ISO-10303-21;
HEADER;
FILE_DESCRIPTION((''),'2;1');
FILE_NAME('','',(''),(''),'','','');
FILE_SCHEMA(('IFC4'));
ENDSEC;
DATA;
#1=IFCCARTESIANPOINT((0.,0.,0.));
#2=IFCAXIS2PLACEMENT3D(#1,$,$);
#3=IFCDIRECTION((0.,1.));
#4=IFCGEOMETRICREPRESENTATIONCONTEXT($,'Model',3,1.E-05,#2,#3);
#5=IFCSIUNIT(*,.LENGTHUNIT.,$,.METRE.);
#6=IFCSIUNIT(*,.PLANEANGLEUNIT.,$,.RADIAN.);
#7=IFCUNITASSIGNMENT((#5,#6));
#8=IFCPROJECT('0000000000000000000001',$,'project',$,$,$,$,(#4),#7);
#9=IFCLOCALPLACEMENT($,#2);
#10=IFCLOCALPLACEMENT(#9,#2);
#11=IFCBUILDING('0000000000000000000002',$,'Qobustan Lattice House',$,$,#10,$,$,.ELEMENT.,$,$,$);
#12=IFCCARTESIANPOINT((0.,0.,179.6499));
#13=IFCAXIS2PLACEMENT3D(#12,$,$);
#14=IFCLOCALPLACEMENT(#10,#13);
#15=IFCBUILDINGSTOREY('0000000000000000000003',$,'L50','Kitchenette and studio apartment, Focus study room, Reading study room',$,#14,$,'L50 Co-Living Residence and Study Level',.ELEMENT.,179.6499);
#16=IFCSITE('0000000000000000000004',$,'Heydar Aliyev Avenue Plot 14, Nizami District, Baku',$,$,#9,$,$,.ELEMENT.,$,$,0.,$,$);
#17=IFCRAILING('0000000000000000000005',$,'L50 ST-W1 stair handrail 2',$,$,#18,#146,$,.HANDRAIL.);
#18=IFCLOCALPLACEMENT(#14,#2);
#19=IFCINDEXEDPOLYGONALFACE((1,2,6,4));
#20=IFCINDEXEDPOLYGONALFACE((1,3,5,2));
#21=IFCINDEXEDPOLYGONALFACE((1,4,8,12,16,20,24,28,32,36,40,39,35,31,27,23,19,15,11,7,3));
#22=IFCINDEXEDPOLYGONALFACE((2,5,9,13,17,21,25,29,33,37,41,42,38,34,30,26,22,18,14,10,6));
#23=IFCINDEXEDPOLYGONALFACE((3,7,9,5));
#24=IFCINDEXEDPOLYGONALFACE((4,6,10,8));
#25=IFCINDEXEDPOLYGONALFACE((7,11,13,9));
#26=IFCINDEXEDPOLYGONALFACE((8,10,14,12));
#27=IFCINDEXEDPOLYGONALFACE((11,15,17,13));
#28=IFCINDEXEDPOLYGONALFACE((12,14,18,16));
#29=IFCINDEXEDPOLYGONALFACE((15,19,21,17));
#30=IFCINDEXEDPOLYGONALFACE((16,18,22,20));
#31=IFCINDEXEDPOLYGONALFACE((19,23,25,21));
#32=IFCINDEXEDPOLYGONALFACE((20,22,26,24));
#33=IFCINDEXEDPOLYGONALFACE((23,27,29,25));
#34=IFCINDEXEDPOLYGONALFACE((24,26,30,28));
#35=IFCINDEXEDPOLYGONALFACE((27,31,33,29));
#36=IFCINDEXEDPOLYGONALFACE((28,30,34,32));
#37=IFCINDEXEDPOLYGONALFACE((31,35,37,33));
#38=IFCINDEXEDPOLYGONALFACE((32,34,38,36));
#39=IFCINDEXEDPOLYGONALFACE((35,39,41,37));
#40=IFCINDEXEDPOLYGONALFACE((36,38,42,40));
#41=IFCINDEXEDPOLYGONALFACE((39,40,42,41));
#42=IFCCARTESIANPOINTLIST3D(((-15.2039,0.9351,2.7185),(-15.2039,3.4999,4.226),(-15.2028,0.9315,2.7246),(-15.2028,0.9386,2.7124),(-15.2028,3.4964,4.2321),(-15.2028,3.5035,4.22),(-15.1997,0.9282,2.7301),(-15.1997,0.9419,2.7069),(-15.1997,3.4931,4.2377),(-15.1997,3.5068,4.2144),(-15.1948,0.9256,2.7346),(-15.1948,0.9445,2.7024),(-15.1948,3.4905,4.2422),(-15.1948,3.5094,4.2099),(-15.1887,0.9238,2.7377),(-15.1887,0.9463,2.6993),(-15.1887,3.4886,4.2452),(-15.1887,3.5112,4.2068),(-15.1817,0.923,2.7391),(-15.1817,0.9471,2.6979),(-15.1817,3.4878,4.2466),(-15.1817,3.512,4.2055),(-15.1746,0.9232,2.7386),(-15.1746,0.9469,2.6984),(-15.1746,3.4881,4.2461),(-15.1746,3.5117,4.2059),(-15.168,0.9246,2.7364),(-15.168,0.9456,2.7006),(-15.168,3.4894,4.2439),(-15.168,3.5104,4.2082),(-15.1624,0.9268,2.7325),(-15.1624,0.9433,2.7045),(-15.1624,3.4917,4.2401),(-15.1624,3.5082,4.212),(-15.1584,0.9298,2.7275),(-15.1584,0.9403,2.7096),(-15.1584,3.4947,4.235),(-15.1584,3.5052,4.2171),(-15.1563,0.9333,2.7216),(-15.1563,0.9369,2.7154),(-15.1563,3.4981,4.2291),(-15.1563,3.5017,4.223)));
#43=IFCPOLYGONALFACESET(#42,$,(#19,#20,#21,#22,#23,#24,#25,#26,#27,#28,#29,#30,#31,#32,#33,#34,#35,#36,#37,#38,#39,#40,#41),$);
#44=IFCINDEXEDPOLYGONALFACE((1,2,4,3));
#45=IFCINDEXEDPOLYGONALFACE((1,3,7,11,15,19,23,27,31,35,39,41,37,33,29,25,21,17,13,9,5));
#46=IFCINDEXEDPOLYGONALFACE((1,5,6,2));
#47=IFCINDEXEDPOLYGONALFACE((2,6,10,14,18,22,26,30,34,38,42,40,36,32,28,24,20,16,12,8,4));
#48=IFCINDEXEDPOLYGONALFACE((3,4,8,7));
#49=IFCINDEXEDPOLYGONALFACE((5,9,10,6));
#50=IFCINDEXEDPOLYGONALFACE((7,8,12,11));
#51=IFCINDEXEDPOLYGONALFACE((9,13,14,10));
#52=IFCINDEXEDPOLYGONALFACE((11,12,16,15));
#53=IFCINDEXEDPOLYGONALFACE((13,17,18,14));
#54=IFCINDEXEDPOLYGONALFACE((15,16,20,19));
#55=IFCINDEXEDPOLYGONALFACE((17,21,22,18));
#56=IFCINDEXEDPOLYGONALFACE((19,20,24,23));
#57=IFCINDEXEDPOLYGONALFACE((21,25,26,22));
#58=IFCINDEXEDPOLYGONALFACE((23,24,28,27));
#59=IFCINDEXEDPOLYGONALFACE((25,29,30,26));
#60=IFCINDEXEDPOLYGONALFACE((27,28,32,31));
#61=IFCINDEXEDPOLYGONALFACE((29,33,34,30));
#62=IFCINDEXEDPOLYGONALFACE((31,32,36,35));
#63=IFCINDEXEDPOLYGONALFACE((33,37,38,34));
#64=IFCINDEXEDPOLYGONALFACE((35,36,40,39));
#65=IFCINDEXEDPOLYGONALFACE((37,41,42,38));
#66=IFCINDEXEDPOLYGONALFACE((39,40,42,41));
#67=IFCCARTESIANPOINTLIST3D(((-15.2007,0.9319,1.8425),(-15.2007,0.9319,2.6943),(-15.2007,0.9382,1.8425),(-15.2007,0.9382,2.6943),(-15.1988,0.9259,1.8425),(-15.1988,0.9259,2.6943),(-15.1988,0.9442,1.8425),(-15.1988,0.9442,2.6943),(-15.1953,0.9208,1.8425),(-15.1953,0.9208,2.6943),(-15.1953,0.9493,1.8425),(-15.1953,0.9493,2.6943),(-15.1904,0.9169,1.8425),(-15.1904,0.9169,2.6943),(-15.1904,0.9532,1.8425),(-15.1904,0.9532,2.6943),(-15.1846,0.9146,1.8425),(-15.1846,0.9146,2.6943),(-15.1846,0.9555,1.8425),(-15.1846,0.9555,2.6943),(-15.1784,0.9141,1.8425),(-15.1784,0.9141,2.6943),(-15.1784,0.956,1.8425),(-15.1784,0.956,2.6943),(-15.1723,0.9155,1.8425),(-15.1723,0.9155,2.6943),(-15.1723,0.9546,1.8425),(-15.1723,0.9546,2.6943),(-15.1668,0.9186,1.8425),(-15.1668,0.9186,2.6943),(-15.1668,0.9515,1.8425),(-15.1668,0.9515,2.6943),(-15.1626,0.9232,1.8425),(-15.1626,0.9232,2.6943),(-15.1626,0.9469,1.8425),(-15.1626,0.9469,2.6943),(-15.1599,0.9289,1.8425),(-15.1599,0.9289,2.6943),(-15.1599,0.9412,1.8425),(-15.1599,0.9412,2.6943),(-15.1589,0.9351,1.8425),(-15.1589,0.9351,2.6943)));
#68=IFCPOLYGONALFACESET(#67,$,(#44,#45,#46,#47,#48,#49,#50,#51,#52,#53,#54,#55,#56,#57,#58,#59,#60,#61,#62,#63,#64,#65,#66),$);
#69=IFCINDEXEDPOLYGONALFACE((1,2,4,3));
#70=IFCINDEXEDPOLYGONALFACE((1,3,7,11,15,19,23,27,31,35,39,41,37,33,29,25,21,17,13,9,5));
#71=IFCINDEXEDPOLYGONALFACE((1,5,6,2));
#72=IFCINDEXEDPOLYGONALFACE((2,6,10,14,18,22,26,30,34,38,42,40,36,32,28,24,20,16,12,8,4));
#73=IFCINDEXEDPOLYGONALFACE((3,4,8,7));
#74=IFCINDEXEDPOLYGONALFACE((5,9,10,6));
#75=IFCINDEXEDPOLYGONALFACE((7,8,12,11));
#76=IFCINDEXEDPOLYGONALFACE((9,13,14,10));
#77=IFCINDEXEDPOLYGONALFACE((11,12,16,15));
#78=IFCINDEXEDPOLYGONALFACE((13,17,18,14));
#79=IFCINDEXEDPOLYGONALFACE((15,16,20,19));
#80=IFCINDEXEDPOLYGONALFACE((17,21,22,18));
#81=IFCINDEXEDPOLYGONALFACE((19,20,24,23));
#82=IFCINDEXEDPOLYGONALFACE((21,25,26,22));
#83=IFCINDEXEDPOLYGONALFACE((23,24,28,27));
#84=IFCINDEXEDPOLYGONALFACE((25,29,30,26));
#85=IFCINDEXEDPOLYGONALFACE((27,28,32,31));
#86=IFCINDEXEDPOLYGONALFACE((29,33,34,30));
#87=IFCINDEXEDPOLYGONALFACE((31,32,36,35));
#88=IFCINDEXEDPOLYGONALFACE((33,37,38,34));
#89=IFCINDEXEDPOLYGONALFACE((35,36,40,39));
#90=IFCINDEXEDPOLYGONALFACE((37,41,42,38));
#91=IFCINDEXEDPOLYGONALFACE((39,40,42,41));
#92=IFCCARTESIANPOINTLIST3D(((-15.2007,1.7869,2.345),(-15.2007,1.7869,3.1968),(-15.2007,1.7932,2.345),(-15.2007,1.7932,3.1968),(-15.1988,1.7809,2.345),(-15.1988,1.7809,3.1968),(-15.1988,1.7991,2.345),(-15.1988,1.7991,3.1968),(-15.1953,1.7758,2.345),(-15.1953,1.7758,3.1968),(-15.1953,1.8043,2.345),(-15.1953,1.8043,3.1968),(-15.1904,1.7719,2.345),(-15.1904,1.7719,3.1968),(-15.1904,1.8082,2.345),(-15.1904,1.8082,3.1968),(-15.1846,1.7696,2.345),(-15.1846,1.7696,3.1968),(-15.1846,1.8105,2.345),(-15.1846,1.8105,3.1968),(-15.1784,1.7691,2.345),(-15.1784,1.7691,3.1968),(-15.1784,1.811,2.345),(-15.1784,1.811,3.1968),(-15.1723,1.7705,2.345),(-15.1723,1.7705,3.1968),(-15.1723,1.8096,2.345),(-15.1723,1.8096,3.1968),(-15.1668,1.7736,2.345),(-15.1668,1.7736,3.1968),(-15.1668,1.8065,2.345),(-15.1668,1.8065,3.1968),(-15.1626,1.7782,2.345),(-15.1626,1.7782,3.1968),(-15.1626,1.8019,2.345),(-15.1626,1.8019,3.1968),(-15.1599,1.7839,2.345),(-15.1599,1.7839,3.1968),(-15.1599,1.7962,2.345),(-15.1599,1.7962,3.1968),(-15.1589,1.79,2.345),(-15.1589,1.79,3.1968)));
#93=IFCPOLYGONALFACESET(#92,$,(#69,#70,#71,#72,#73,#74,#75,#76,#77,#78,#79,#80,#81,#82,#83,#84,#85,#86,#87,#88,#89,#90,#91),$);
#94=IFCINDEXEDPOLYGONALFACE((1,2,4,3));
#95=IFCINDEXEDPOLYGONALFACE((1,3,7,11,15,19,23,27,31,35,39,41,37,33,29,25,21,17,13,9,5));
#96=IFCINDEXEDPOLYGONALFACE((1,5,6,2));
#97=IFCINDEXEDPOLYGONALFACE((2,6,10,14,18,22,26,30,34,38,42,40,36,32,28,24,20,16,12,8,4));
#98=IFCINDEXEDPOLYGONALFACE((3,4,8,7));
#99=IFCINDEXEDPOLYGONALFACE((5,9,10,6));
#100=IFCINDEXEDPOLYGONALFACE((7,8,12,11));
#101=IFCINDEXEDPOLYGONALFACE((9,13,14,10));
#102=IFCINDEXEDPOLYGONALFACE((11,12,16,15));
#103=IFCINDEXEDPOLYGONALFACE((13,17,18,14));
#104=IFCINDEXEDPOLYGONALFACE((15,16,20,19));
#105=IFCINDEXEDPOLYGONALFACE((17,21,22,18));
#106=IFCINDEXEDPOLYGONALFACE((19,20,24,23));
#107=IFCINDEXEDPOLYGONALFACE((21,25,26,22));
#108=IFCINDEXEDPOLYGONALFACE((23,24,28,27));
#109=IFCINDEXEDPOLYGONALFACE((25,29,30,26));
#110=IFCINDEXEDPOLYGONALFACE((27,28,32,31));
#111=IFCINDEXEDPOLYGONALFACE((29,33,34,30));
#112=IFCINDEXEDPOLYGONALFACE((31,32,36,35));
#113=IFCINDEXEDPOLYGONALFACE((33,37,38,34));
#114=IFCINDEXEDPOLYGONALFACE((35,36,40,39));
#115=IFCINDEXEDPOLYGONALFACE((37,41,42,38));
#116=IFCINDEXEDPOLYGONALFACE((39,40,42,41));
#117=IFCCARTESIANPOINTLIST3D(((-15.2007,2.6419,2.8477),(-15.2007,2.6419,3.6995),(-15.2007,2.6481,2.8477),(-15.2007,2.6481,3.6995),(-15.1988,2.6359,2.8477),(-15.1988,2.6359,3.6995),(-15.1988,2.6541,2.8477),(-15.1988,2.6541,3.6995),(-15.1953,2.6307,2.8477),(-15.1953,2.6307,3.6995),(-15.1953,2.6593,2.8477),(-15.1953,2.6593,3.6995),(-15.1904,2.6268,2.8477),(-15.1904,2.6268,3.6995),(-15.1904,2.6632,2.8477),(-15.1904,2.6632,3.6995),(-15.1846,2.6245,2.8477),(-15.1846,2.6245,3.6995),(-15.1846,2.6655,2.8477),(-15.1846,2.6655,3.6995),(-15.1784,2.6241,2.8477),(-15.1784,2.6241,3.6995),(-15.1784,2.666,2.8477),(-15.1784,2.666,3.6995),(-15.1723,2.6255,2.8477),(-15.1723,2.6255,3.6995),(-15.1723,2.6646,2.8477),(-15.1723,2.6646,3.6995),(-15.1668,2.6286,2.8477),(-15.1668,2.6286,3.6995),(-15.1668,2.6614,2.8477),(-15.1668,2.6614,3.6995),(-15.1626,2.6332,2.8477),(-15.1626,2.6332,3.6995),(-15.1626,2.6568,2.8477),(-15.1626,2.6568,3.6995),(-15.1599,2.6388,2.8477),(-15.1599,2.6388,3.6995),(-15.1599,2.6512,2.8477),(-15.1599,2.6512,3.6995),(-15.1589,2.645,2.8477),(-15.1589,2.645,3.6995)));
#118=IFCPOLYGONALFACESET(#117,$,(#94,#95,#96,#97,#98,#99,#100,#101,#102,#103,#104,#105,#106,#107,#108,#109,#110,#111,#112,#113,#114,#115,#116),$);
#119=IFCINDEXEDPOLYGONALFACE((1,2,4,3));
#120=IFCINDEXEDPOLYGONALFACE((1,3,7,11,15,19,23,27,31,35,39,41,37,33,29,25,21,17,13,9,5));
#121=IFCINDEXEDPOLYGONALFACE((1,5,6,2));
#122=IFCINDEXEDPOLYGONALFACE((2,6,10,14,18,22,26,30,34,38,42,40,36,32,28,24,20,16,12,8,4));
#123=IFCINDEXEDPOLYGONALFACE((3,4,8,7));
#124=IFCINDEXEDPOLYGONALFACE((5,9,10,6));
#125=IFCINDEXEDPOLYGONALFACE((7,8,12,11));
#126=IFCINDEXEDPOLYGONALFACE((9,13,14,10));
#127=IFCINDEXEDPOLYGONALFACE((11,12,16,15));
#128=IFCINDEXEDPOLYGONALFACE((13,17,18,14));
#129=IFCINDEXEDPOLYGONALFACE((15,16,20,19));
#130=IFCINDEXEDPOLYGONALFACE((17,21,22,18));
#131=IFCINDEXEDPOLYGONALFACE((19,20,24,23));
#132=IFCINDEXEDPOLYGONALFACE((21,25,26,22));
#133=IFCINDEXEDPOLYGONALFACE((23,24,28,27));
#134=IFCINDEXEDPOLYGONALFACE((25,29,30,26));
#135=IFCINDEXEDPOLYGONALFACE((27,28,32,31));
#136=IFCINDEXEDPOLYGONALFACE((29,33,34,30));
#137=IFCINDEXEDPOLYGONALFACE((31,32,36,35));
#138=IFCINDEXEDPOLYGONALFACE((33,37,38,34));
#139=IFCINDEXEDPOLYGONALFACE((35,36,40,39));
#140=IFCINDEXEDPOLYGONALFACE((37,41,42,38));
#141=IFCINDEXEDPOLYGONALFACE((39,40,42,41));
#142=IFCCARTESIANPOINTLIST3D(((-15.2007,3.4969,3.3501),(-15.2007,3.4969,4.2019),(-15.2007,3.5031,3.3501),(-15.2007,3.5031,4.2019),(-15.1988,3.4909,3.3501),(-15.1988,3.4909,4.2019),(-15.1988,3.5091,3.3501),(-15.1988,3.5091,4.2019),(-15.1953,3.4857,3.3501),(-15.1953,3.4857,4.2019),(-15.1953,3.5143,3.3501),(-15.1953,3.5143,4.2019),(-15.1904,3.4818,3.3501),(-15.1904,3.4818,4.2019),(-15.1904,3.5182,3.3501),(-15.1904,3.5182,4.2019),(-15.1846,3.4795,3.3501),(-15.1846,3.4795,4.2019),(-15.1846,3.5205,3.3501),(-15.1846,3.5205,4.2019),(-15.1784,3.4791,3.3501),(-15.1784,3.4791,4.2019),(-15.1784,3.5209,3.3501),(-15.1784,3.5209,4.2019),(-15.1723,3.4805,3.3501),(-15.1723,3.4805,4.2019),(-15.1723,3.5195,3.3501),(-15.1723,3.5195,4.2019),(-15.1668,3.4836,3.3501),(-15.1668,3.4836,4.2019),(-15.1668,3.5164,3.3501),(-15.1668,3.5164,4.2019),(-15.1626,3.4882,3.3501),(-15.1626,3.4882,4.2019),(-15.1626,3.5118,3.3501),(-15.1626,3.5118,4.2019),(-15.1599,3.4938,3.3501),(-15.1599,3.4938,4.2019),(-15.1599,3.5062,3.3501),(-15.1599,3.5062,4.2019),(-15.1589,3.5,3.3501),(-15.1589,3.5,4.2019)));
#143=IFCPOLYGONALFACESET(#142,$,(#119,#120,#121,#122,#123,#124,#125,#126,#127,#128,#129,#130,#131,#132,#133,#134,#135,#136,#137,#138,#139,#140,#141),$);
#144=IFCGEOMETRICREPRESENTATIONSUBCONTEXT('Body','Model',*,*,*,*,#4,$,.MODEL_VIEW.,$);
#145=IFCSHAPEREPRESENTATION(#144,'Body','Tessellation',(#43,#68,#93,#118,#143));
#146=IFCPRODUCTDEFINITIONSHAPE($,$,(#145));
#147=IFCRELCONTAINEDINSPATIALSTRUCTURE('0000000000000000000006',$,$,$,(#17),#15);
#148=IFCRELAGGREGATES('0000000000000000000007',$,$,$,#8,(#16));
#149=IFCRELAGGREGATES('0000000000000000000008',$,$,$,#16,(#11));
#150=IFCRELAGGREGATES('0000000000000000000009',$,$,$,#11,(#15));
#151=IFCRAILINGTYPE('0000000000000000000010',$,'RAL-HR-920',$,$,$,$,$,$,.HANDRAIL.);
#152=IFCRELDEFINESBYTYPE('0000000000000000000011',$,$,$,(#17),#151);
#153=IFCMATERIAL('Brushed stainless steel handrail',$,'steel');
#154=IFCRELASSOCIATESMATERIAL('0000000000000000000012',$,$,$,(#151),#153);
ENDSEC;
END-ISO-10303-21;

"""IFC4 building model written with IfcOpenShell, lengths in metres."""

from ifc_helpers import new_model, si_unit, direction, frame, origin, origin_2d, place, context, subcontext, project, spatial, circle, extrude, material, type_object, element, save


model = new_model("IFC4")

# Units and contexts
model_context = context("Model", 3, precision=1e-05, world=origin(), true_north=direction((0.0, 1.0)))
body_context = subcontext(model_context, "Body", "Model", "MODEL_VIEW")
ifc_project = project(units=[si_unit("LENGTHUNIT", "METRE"), si_unit("PLANEANGLEUNIT", "RADIAN")], contexts=[model_context])

# Site, building, storey
site_placement = place(None, origin())
site = spatial("IfcSite", under=ifc_project, at=site_placement, Name="Heydar Aliyev Avenue Plot 14, Nizami District, Baku", CompositionType="ELEMENT", RefElevation=0.0)
building_placement = place(site_placement, origin())
building = spatial("IfcBuilding", under=site, at=building_placement, Name="Qobustan Lattice House", CompositionType="ELEMENT")
storey_placement = place(building_placement, frame((0.0, 0.0, 179.6499)))
storey = spatial("IfcBuildingStorey", under=building, at=storey_placement, Name="L50", Description="Kitchenette and studio apartment, Focus study room, Reading study room", LongName="L50 Co-Living Residence and Study Level", CompositionType="ELEMENT", Elevation=179.6499)

# Railing
ifc_material_1 = material(Name="Brushed stainless steel handrail", Category="steel")
railing_type_1 = type_object("IfcRailingType", Name="RAL-HR-920", PredefinedType="HANDRAIL", material=ifc_material_1)
railing_1_placement = place(storey_placement, frame((-15.1799, 0.9351, 1.8425)))
element("IfcRailing", 1, at=railing_1_placement, inside=storey, type_object=railing_type_1, Name="L50 ST-W1 stair handrail 2", PredefinedType="HANDRAIL", context=body_context, shape_type="SweptSolid", body=[
    extrude(circle(Radius=0.0239, at=origin_2d()), frame((0.0, 0.0, 0.876), z_axis=(0.0, 0.862113, 0.506715), x_axis=(-1.0, 0.0, 0.0)), (0.0, 0.0, 1.0), 2.9751),
    extrude(circle(Radius=0.021, at=origin_2d()), origin(), (0.0, 0.0, 1.0), 0.8518),
    extrude(circle(Radius=0.021, at=origin_2d()), frame((0.0, 0.855, 0.5024)), (0.0, 0.0, 1.0), 0.8518),
    extrude(circle(Radius=0.021, at=origin_2d()), frame((0.0, 1.71, 1.0051)), (0.0, 0.0, 1.0), 0.8518),
    extrude(circle(Radius=0.021, at=origin_2d()), frame((0.0, 2.5649, 1.5076)), (0.0, 0.0, 1.0), 0.8518),
])

save(model, "model.ifc")
